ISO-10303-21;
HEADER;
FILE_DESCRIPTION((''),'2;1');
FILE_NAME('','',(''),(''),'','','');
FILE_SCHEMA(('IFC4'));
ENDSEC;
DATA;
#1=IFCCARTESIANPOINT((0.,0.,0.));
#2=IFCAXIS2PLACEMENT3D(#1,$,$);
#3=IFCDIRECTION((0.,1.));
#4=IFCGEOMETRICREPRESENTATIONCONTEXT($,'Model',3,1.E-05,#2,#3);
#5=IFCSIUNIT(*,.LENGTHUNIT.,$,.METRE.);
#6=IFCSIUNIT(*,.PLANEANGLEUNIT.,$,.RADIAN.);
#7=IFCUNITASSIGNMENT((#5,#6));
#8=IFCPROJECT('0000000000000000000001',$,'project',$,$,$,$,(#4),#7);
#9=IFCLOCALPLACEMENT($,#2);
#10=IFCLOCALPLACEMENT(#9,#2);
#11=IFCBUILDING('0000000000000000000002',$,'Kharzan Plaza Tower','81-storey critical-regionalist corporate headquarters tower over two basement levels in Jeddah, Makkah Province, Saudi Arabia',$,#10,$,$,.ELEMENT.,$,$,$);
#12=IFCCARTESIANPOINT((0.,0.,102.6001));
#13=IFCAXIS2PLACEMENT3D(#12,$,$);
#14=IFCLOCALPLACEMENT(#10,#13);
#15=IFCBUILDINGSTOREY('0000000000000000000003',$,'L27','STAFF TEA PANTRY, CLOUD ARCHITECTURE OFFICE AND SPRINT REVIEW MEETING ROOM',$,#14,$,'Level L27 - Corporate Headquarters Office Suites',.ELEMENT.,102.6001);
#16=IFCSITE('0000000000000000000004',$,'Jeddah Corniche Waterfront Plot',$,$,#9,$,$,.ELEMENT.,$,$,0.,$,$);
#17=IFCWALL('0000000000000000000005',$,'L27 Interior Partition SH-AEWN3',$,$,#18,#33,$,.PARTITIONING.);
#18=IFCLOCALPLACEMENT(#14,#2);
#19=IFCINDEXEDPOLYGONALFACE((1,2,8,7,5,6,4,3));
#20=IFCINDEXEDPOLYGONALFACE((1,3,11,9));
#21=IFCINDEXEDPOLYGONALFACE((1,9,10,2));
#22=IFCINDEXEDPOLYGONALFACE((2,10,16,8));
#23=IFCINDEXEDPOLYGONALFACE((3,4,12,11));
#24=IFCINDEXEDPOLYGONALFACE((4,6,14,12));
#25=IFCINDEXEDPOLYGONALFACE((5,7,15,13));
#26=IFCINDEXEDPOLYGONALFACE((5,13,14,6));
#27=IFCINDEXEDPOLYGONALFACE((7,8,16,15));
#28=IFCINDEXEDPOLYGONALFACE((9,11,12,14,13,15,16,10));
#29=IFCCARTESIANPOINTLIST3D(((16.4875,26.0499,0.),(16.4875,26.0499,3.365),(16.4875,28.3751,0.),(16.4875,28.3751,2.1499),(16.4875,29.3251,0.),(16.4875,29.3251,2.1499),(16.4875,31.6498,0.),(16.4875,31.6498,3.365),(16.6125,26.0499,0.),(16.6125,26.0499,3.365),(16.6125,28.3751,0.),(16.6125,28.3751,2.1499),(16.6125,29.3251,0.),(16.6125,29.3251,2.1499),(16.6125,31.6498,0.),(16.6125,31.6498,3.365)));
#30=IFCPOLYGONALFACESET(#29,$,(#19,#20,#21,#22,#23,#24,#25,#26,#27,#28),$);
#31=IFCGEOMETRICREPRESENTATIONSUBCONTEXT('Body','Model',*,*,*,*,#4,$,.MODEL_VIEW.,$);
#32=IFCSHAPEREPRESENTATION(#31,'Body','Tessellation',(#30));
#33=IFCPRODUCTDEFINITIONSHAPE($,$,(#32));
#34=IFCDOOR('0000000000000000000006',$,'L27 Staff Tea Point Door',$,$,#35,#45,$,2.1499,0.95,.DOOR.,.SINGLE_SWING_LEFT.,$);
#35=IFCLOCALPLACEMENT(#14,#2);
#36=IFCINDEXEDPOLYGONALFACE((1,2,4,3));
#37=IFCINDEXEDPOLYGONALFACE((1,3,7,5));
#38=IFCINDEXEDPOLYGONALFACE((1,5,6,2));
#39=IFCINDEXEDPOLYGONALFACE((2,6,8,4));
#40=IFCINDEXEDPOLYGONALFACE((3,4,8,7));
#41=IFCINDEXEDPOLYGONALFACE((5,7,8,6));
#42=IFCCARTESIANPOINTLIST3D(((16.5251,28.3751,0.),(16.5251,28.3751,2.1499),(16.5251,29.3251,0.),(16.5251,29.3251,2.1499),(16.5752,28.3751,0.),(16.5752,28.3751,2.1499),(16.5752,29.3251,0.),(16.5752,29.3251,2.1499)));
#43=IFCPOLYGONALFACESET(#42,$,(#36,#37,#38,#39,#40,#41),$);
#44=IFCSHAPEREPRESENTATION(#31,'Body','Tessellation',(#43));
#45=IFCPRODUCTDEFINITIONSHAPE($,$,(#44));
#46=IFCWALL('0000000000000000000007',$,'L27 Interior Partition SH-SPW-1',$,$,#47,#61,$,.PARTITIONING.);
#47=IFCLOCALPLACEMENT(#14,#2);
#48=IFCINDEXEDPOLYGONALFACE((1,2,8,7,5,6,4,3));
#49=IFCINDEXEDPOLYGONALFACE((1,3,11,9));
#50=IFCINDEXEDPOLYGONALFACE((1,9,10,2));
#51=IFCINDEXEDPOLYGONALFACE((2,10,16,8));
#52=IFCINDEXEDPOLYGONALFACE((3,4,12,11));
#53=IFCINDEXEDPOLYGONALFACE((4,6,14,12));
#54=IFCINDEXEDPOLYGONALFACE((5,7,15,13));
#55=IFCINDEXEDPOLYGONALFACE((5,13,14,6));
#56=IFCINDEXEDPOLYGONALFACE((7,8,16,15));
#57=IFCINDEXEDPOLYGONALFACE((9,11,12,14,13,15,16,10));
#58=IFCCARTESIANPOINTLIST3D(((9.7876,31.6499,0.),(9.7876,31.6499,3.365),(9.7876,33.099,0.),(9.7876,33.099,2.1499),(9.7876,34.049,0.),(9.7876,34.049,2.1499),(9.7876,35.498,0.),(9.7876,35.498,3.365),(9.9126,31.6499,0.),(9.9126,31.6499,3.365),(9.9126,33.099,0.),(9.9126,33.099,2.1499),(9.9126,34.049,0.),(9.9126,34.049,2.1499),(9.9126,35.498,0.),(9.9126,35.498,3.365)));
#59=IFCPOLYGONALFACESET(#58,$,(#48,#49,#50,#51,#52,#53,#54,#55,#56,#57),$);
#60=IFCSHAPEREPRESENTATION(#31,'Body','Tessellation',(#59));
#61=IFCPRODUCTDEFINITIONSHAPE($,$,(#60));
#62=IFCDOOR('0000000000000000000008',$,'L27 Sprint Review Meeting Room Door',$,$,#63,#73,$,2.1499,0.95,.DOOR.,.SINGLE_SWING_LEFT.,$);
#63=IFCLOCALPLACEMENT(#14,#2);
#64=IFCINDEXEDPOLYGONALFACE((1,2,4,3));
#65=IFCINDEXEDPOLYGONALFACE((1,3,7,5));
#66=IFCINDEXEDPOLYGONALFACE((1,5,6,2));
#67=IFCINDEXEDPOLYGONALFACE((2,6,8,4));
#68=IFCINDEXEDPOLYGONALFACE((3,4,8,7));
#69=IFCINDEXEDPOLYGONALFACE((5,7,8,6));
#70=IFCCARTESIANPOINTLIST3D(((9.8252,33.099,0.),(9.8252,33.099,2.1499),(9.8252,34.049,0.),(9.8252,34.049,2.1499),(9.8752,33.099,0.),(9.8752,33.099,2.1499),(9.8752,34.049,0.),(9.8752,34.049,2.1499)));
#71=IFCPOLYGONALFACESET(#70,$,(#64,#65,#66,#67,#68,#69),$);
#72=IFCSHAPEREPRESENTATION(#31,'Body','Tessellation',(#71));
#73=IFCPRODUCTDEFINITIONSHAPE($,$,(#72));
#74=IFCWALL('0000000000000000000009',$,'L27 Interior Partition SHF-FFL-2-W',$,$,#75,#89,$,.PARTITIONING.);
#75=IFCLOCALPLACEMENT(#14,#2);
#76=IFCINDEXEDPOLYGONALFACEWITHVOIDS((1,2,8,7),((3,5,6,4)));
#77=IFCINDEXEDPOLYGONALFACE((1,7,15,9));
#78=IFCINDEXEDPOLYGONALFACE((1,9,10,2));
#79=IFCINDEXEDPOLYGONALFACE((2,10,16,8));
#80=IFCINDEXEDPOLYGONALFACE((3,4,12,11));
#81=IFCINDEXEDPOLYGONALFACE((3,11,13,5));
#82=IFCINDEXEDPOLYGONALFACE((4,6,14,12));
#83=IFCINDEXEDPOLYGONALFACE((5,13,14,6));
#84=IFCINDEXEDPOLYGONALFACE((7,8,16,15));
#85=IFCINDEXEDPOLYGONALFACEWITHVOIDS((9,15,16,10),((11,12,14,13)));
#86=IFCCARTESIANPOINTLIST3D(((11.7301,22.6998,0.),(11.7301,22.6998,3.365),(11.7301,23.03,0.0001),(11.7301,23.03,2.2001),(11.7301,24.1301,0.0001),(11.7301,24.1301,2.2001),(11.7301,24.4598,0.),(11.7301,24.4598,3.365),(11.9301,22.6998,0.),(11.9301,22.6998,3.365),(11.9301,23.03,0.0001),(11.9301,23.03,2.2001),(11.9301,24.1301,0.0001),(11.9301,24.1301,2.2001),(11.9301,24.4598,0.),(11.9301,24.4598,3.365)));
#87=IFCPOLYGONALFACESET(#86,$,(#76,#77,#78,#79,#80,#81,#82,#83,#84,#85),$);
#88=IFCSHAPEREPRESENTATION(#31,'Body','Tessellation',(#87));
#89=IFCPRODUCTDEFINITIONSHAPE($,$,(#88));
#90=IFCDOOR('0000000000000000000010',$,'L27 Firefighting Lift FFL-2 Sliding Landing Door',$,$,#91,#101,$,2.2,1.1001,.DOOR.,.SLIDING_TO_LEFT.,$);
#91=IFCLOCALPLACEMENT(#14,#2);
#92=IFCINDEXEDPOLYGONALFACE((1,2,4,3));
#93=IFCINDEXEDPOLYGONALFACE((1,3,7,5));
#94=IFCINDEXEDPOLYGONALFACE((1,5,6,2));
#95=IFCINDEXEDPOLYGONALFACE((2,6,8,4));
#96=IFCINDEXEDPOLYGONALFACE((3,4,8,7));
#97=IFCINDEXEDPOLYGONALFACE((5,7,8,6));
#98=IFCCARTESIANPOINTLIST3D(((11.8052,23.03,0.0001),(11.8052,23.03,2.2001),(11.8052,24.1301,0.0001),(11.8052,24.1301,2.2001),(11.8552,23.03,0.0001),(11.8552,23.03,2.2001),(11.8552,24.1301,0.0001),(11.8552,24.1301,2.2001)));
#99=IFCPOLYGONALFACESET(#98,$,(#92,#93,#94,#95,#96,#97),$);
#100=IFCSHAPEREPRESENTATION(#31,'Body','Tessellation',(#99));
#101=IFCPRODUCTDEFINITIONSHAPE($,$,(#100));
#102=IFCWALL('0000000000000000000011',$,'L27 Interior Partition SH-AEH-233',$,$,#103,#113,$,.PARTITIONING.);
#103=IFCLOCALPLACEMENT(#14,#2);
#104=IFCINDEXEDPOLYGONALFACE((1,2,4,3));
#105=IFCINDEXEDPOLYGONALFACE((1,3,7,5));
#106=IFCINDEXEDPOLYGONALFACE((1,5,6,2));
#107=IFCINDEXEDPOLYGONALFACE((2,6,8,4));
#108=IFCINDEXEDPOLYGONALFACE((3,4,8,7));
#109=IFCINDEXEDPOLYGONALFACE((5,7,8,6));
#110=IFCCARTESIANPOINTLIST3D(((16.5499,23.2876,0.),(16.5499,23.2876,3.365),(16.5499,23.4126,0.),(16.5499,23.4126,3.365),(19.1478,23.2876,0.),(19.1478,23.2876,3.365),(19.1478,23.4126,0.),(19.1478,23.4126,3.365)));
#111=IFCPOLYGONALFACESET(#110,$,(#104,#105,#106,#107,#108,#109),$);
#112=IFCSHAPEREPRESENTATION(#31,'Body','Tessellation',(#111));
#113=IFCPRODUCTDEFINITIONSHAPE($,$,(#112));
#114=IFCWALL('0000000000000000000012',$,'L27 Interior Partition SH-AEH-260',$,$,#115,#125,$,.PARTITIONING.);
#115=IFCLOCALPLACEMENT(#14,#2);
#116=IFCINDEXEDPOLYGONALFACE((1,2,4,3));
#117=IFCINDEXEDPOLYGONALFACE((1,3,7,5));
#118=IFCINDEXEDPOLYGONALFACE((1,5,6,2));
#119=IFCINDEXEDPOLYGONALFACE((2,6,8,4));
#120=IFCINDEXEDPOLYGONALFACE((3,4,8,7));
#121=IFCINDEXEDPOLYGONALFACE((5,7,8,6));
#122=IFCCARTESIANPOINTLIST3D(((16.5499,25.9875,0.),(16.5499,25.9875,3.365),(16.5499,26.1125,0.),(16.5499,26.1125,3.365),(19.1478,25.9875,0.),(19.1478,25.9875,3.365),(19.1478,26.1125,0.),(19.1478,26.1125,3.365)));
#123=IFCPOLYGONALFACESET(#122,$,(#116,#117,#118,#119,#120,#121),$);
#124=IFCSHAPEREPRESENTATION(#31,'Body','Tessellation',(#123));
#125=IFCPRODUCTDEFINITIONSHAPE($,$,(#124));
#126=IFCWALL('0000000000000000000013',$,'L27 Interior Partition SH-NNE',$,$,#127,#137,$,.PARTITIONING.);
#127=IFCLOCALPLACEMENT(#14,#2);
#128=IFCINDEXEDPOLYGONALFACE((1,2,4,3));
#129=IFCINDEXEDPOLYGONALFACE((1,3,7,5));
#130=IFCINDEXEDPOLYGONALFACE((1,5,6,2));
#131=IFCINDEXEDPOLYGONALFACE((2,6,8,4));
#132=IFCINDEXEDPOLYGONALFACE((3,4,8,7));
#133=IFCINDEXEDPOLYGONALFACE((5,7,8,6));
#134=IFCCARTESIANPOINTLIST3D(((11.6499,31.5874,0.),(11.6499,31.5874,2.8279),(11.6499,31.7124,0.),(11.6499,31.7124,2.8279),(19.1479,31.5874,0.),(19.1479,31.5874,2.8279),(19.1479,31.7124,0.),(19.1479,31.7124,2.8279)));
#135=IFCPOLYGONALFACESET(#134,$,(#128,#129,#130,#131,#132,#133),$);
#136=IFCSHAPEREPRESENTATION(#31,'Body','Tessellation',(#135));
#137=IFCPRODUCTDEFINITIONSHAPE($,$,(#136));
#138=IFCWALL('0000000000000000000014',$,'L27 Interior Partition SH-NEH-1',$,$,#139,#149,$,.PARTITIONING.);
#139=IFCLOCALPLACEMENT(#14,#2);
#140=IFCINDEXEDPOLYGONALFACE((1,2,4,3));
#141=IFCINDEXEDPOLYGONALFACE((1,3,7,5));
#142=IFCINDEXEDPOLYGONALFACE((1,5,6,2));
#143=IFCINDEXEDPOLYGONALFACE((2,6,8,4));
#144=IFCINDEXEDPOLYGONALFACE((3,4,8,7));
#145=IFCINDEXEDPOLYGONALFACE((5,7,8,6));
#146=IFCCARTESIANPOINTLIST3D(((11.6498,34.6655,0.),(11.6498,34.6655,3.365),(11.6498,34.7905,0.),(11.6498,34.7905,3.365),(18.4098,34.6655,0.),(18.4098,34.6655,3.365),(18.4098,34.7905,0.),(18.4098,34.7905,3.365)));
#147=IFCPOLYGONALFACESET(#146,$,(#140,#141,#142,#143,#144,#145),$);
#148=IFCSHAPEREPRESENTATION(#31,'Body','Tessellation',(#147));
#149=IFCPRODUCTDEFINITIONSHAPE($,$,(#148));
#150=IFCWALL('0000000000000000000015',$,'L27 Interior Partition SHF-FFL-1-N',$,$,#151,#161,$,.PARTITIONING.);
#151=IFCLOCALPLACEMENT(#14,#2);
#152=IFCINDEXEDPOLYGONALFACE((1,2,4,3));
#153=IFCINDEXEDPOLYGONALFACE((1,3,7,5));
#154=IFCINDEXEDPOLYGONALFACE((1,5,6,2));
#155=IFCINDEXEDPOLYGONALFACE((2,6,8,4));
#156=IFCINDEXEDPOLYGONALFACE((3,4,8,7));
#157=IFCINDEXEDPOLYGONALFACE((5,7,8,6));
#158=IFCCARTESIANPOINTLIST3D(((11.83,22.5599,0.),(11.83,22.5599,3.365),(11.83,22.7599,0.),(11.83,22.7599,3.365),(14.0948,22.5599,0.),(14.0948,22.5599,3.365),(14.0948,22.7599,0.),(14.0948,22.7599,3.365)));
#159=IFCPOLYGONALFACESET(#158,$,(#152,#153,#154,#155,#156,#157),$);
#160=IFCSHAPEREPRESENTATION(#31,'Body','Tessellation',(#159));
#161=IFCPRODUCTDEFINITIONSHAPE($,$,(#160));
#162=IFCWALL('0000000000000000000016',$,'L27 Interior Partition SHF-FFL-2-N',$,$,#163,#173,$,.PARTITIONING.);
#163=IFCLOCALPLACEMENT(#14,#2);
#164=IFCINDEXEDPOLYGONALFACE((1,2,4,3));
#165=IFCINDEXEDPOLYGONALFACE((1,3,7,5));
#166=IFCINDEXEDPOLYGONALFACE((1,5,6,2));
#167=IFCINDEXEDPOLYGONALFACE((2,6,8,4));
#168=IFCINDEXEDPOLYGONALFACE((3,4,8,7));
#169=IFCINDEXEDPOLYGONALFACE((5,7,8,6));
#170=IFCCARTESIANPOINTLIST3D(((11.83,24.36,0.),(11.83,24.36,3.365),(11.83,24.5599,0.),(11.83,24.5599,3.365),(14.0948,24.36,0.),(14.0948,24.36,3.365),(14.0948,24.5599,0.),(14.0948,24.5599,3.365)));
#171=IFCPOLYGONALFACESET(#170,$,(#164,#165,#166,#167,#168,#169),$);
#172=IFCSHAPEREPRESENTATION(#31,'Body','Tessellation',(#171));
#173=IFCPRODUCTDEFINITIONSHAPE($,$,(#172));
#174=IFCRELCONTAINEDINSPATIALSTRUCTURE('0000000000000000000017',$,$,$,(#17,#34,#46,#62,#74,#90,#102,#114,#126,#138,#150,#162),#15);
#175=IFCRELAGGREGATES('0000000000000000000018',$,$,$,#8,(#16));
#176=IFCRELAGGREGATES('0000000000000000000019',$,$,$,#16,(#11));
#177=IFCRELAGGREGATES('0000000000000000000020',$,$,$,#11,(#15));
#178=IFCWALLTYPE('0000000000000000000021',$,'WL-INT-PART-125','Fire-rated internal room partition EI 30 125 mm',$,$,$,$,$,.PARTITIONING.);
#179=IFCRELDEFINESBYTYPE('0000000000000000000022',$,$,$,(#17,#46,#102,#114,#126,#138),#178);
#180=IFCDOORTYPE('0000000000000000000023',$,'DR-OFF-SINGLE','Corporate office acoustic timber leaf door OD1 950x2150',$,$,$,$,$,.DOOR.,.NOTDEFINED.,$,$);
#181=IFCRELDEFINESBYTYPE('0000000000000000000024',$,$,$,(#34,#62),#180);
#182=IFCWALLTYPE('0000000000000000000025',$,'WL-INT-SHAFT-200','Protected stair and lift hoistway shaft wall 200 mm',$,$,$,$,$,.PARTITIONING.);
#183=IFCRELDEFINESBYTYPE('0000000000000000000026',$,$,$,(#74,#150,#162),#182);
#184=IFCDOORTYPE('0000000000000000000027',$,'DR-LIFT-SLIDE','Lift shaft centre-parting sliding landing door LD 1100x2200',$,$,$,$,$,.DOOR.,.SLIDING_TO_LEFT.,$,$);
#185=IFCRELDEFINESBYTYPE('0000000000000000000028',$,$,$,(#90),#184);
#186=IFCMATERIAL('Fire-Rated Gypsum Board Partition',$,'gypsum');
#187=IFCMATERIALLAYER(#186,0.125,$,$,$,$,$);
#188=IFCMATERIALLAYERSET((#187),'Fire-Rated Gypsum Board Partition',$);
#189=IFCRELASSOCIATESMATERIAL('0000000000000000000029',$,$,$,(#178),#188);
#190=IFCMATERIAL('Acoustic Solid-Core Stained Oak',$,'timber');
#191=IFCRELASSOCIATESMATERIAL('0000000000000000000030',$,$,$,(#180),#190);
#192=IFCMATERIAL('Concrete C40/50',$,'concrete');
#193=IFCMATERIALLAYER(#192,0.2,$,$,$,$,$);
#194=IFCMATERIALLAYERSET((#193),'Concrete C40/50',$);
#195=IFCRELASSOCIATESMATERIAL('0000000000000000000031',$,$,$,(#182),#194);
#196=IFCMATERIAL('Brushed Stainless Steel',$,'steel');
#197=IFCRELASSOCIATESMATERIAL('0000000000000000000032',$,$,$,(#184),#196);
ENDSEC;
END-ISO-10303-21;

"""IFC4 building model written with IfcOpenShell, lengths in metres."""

from ifc_helpers import new_model, si_unit, direction, frame, frame_2d, origin, place, context, subcontext, project, spatial, rectangle, extrude, source, transform, mapped, material, layer, layer_set, type_object, element, fill, save


model = new_model("IFC4")

# Units and contexts
model_context = context("Model", 3, precision=1e-05, world=origin(), true_north=direction((0.0, 1.0)))
body_context = subcontext(model_context, "Body", "Model", "MODEL_VIEW")
ifc_project = project(units=[si_unit("LENGTHUNIT", "METRE"), si_unit("PLANEANGLEUNIT", "RADIAN")], contexts=[model_context])

# Site, building, storey
site_placement = place(None, origin())
site = spatial("IfcSite", under=ifc_project, at=site_placement, Name="Jeddah Corniche Waterfront Plot", CompositionType="ELEMENT", RefElevation=0.0)
building_placement = place(site_placement, origin())
building = spatial("IfcBuilding", under=site, at=building_placement, Name="Kharzan Plaza Tower", Description="81-storey critical-regionalist corporate headquarters tower over two basement levels in Jeddah, Makkah Province, Saudi Arabia", CompositionType="ELEMENT")
storey_placement = place(building_placement, frame((0.0, 0.0, 102.6001)))
storey = spatial("IfcBuildingStorey", under=building, at=storey_placement, Name="L27", Description="STAFF TEA PANTRY, CLOUD ARCHITECTURE OFFICE AND SPRINT REVIEW MEETING ROOM", LongName="Level L27 - Corporate Headquarters Office Suites", CompositionType="ELEMENT", Elevation=102.6001)

# Walls, openings, doors
ifc_material_1 = material(Name="Concrete C40/50", Category="concrete")
ifc_material_2 = material(Name="Fire-Rated Gypsum Board Partition", Category="gypsum")
ifc_layer_1 = layer(ifc_material_2, 0.125)
ifc_layer_set_1 = layer_set([ifc_layer_1], Name="Fire-Rated Gypsum Board Partition")
wall_type_1 = type_object("IfcWallType", Name="WL-INT-PART-125", Description="Fire-rated internal room partition EI 30 125 mm", PredefinedType="PARTITIONING", material=ifc_layer_set_1)
wall_1_placement = place(storey_placement, frame((16.55, 26.05, 0.0), z_axis=(0.0, 0.0, 1.0), x_axis=(0.0, 1.0, 0.0)))
wall_1 = element("IfcWall", 1, at=wall_1_placement, inside=storey, type_object=wall_type_1, Name="L27 Interior Partition SH-AEWN3", PredefinedType="PARTITIONING", context=body_context, shape_type="SweptSolid", body=[
    extrude(rectangle(XDim=5.5999, YDim=0.125, at=frame_2d((2.7998, 0.0))), origin(), (0.0, 0.0, 1.0), 3.365),
])
opening_1_placement = place(wall_1_placement, frame((2.325, 0.0, 0.0)))
opening_1 = element("IfcOpeningElement", 2, at=opening_1_placement, cuts=wall_1, PredefinedType="OPENING", context=body_context, shape_type="SweptSolid", body=[
    extrude(rectangle(XDim=0.95, YDim=2.1499, at=frame_2d((0.4751, 1.075))), frame((0.0, 0.0725, 0.0), z_axis=(0.0, -1.0, 0.0), x_axis=(1.0, 0.0, 0.0)), (0.0, 0.0, 1.0), 0.145),
])
ifc_material_3 = material(Name="Acoustic Solid-Core Stained Oak", Category="timber")
door_type_1 = type_object("IfcDoorType", Name="DR-OFF-SINGLE", Description="Corporate office acoustic timber leaf door OD1 950x2150", OperationType="NOTDEFINED", PredefinedType="DOOR", material=ifc_material_3)
shared_shape_1 = source(origin(), body_context, "Body", "SweptSolid", [
    extrude(rectangle(XDim=0.95, YDim=2.1499, at=frame_2d((0.4751, 1.075))), frame((0.0, 0.0249, 0.0), z_axis=(0.0, -1.0, 0.0), x_axis=(1.0, 0.0, 0.0)), (0.0, 0.0, 1.0), 0.05),
])
door_1_placement = place(opening_1_placement, origin())
door_1 = element("IfcDoor", 3, at=door_1_placement, inside=storey, type_object=door_type_1, Name="L27 Staff Tea Point Door", OperationType="SINGLE_SWING_LEFT", OverallHeight=2.1499, OverallWidth=0.95, PredefinedType="DOOR", context=body_context, shape_type="MappedRepresentation", body=[
    mapped(shared_shape_1, transform((0.0, 0.0, 0.0), x_axis=(1.0, 0.0, 0.0), y_axis=(0.0, 1.0, 0.0), z_axis=(0.0, 0.0, 1.0))),
])
fill(opening_1, door_1)
wall_2_placement = place(storey_placement, frame((9.8501, 31.6499, 0.0), z_axis=(0.0, 0.0, 1.0), x_axis=(0.0, 1.0, 0.0)))
wall_2 = element("IfcWall", 4, at=wall_2_placement, inside=storey, type_object=wall_type_1, Name="L27 Interior Partition SH-SPW-1", PredefinedType="PARTITIONING", context=body_context, shape_type="SweptSolid", body=[
    extrude(rectangle(XDim=3.8481, YDim=0.125, at=frame_2d((1.9241, 0.0))), origin(), (0.0, 0.0, 1.0), 3.365),
])
opening_2_placement = place(wall_2_placement, frame((1.449, 0.0, 0.0)))
opening_2 = element("IfcOpeningElement", 5, at=opening_2_placement, cuts=wall_2, PredefinedType="OPENING", context=body_context, shape_type="SweptSolid", body=[
    extrude(rectangle(XDim=0.95, YDim=2.1499, at=frame_2d((0.4751, 1.075))), frame((0.0, 0.0725, 0.0), z_axis=(0.0, -1.0, 0.0), x_axis=(1.0, 0.0, 0.0)), (0.0, 0.0, 1.0), 0.145),
])
door_2_placement = place(opening_2_placement, origin())
door_2 = element("IfcDoor", 6, at=door_2_placement, inside=storey, type_object=door_type_1, Name="L27 Sprint Review Meeting Room Door", OperationType="SINGLE_SWING_LEFT", OverallHeight=2.1499, OverallWidth=0.95, PredefinedType="DOOR", context=body_context, shape_type="MappedRepresentation", body=[
    mapped(shared_shape_1, transform((0.0, 0.0, 0.0), x_axis=(1.0, 0.0, 0.0), y_axis=(0.0, 1.0, 0.0), z_axis=(0.0, 0.0, 1.0))),
])
fill(opening_2, door_2)
ifc_layer_2 = layer(ifc_material_1, 0.2)
ifc_layer_set_2 = layer_set([ifc_layer_2], Name="Concrete C40/50")
wall_type_2 = type_object("IfcWallType", Name="WL-INT-SHAFT-200", Description="Protected stair and lift hoistway shaft wall 200 mm", PredefinedType="PARTITIONING", material=ifc_layer_set_2)
wall_3_placement = place(storey_placement, frame((11.8301, 22.7, 0.0), z_axis=(0.0, 0.0, 1.0), x_axis=(0.0, 1.0, 0.0)))
wall_3 = element("IfcWall", 7, at=wall_3_placement, inside=storey, type_object=wall_type_2, Name="L27 Interior Partition SHF-FFL-2-W", PredefinedType="PARTITIONING", context=body_context, shape_type="SweptSolid", body=[
    extrude(rectangle(XDim=1.76, YDim=0.2, at=frame_2d((0.8799, 0.0))), origin(), (0.0, 0.0, 1.0), 3.365),
])
opening_3_placement = place(wall_3_placement, frame((0.3301, 0.0, 0.0)))
opening_3 = element("IfcOpeningElement", 8, at=opening_3_placement, cuts=wall_3, PredefinedType="OPENING", context=body_context, shape_type="SweptSolid", body=[
    extrude(rectangle(XDim=1.1001, YDim=2.2, at=frame_2d((0.55, 1.1001))), frame((0.0, 0.1099, 0.0), z_axis=(0.0, -1.0, 0.0), x_axis=(1.0, 0.0, 0.0)), (0.0, 0.0, 1.0), 0.22),
])
ifc_material_4 = material(Name="Brushed Stainless Steel", Category="steel")
door_type_2 = type_object("IfcDoorType", Name="DR-LIFT-SLIDE", Description="Lift shaft centre-parting sliding landing door LD 1100x2200", OperationType="SLIDING_TO_LEFT", PredefinedType="DOOR", material=ifc_material_4)
shared_shape_2 = source(origin(), body_context, "Body", "SweptSolid", [
    extrude(rectangle(XDim=1.1001, YDim=2.2, at=frame_2d((0.55, 1.1001))), frame((0.0, 0.0249, 0.0), z_axis=(0.0, -1.0, 0.0), x_axis=(1.0, 0.0, 0.0)), (0.0, 0.0, 1.0), 0.05),
])
door_3_placement = place(opening_3_placement, origin())
door_3 = element("IfcDoor", 9, at=door_3_placement, inside=storey, type_object=door_type_2, Name="L27 Firefighting Lift FFL-2 Sliding Landing Door", OperationType="SLIDING_TO_LEFT", OverallHeight=2.2, OverallWidth=1.1001, PredefinedType="DOOR", context=body_context, shape_type="MappedRepresentation", body=[
    mapped(shared_shape_2, transform((0.0, 0.0, 0.0), x_axis=(1.0, 0.0, 0.0), y_axis=(0.0, 1.0, 0.0), z_axis=(0.0, 0.0, 1.0))),
])
fill(opening_3, door_3)

# Walls
shared_shape_3 = source(origin(), body_context, "Body", "SweptSolid", [
    extrude(rectangle(XDim=2.5979, YDim=0.125, at=frame_2d((1.2988, 0.0))), origin(), (0.0, 0.0, 1.0), 3.365),
])
for number, where, z_axis, x_axis, name in (
    (10, (16.55, 23.3501, 0.0), (0.0, 0.0, 1.0), (1.0, 0.0, 0.0), "L27 Interior Partition SH-AEH-233"),
    (11, (16.55, 26.05, 0.0), (0.0, 0.0, 1.0), (1.0, 0.0, 0.0), "L27 Interior Partition SH-AEH-260"),
):
    element("IfcWall", number, at=place(storey_placement, frame(where, z_axis=z_axis, x_axis=x_axis)), inside=storey, type_object=wall_type_1, Name=name, PredefinedType="PARTITIONING", context=body_context, shape_type="MappedRepresentation", body=[
        mapped(shared_shape_3, transform((0.0, 0.0, 0.0), x_axis=(1.0, 0.0, 0.0), y_axis=(0.0, 1.0, 0.0), z_axis=(0.0, 0.0, 1.0))),
    ])
shared_shape_4 = source(origin(), body_context, "Body", "SweptSolid", [
    extrude(rectangle(XDim=7.498, YDim=0.125, at=frame_2d((3.749, 0.0))), origin(), (0.0, 0.0, 1.0), 2.8279),
])
wall_4_placement = place(storey_placement, frame((11.6499, 31.6499, 0.0), z_axis=(0.0, 0.0, 1.0), x_axis=(1.0, 0.0, 0.0)))
element("IfcWall", 12, at=wall_4_placement, inside=storey, type_object=wall_type_1, Name="L27 Interior Partition SH-NNE", PredefinedType="PARTITIONING", context=body_context, shape_type="MappedRepresentation", body=[
    mapped(shared_shape_4, transform((0.0, 0.0, 0.0), x_axis=(1.0, 0.0, 0.0), y_axis=(0.0, 1.0, 0.0), z_axis=(0.0, 0.0, 1.0))),
])
shared_shape_5 = source(origin(), body_context, "Body", "SweptSolid", [
    extrude(rectangle(XDim=6.76, YDim=0.125, at=frame_2d((3.3799, 0.0))), origin(), (0.0, 0.0, 1.0), 3.365),
])
wall_5_placement = place(storey_placement, frame((11.6499, 34.728, 0.0), z_axis=(0.0, 0.0, 1.0), x_axis=(1.0, 0.0, 0.0)))
element("IfcWall", 13, at=wall_5_placement, inside=storey, type_object=wall_type_1, Name="L27 Interior Partition SH-NEH-1", PredefinedType="PARTITIONING", context=body_context, shape_type="MappedRepresentation", body=[
    mapped(shared_shape_5, transform((0.0, 0.0, 0.0), x_axis=(1.0, 0.0, 0.0), y_axis=(0.0, 1.0, 0.0), z_axis=(0.0, 0.0, 1.0))),
])
shared_shape_6 = source(origin(), body_context, "Body", "SweptSolid", [
    extrude(rectangle(XDim=2.2649, YDim=0.2, at=frame_2d((1.1323, 0.0))), origin(), (0.0, 0.0, 1.0), 3.365),
])
for number, where, z_axis, x_axis, name in (
    (14, (11.8301, 22.6599, 0.0), (0.0, 0.0, 1.0), (1.0, 0.0, 0.0), "L27 Interior Partition SHF-FFL-1-N"),
    (15, (11.8301, 24.46, 0.0), (0.0, 0.0, 1.0), (1.0, 0.0, 0.0), "L27 Interior Partition SHF-FFL-2-N"),
):
    element("IfcWall", number, at=place(storey_placement, frame(where, z_axis=z_axis, x_axis=x_axis)), inside=storey, type_object=wall_type_2, Name=name, PredefinedType="PARTITIONING", context=body_context, shape_type="MappedRepresentation", body=[
        mapped(shared_shape_6, transform((0.0, 0.0, 0.0), x_axis=(1.0, 0.0, 0.0), y_axis=(0.0, 1.0, 0.0), z_axis=(0.0, 0.0, 1.0))),
    ])

save(model, "model.ifc")
